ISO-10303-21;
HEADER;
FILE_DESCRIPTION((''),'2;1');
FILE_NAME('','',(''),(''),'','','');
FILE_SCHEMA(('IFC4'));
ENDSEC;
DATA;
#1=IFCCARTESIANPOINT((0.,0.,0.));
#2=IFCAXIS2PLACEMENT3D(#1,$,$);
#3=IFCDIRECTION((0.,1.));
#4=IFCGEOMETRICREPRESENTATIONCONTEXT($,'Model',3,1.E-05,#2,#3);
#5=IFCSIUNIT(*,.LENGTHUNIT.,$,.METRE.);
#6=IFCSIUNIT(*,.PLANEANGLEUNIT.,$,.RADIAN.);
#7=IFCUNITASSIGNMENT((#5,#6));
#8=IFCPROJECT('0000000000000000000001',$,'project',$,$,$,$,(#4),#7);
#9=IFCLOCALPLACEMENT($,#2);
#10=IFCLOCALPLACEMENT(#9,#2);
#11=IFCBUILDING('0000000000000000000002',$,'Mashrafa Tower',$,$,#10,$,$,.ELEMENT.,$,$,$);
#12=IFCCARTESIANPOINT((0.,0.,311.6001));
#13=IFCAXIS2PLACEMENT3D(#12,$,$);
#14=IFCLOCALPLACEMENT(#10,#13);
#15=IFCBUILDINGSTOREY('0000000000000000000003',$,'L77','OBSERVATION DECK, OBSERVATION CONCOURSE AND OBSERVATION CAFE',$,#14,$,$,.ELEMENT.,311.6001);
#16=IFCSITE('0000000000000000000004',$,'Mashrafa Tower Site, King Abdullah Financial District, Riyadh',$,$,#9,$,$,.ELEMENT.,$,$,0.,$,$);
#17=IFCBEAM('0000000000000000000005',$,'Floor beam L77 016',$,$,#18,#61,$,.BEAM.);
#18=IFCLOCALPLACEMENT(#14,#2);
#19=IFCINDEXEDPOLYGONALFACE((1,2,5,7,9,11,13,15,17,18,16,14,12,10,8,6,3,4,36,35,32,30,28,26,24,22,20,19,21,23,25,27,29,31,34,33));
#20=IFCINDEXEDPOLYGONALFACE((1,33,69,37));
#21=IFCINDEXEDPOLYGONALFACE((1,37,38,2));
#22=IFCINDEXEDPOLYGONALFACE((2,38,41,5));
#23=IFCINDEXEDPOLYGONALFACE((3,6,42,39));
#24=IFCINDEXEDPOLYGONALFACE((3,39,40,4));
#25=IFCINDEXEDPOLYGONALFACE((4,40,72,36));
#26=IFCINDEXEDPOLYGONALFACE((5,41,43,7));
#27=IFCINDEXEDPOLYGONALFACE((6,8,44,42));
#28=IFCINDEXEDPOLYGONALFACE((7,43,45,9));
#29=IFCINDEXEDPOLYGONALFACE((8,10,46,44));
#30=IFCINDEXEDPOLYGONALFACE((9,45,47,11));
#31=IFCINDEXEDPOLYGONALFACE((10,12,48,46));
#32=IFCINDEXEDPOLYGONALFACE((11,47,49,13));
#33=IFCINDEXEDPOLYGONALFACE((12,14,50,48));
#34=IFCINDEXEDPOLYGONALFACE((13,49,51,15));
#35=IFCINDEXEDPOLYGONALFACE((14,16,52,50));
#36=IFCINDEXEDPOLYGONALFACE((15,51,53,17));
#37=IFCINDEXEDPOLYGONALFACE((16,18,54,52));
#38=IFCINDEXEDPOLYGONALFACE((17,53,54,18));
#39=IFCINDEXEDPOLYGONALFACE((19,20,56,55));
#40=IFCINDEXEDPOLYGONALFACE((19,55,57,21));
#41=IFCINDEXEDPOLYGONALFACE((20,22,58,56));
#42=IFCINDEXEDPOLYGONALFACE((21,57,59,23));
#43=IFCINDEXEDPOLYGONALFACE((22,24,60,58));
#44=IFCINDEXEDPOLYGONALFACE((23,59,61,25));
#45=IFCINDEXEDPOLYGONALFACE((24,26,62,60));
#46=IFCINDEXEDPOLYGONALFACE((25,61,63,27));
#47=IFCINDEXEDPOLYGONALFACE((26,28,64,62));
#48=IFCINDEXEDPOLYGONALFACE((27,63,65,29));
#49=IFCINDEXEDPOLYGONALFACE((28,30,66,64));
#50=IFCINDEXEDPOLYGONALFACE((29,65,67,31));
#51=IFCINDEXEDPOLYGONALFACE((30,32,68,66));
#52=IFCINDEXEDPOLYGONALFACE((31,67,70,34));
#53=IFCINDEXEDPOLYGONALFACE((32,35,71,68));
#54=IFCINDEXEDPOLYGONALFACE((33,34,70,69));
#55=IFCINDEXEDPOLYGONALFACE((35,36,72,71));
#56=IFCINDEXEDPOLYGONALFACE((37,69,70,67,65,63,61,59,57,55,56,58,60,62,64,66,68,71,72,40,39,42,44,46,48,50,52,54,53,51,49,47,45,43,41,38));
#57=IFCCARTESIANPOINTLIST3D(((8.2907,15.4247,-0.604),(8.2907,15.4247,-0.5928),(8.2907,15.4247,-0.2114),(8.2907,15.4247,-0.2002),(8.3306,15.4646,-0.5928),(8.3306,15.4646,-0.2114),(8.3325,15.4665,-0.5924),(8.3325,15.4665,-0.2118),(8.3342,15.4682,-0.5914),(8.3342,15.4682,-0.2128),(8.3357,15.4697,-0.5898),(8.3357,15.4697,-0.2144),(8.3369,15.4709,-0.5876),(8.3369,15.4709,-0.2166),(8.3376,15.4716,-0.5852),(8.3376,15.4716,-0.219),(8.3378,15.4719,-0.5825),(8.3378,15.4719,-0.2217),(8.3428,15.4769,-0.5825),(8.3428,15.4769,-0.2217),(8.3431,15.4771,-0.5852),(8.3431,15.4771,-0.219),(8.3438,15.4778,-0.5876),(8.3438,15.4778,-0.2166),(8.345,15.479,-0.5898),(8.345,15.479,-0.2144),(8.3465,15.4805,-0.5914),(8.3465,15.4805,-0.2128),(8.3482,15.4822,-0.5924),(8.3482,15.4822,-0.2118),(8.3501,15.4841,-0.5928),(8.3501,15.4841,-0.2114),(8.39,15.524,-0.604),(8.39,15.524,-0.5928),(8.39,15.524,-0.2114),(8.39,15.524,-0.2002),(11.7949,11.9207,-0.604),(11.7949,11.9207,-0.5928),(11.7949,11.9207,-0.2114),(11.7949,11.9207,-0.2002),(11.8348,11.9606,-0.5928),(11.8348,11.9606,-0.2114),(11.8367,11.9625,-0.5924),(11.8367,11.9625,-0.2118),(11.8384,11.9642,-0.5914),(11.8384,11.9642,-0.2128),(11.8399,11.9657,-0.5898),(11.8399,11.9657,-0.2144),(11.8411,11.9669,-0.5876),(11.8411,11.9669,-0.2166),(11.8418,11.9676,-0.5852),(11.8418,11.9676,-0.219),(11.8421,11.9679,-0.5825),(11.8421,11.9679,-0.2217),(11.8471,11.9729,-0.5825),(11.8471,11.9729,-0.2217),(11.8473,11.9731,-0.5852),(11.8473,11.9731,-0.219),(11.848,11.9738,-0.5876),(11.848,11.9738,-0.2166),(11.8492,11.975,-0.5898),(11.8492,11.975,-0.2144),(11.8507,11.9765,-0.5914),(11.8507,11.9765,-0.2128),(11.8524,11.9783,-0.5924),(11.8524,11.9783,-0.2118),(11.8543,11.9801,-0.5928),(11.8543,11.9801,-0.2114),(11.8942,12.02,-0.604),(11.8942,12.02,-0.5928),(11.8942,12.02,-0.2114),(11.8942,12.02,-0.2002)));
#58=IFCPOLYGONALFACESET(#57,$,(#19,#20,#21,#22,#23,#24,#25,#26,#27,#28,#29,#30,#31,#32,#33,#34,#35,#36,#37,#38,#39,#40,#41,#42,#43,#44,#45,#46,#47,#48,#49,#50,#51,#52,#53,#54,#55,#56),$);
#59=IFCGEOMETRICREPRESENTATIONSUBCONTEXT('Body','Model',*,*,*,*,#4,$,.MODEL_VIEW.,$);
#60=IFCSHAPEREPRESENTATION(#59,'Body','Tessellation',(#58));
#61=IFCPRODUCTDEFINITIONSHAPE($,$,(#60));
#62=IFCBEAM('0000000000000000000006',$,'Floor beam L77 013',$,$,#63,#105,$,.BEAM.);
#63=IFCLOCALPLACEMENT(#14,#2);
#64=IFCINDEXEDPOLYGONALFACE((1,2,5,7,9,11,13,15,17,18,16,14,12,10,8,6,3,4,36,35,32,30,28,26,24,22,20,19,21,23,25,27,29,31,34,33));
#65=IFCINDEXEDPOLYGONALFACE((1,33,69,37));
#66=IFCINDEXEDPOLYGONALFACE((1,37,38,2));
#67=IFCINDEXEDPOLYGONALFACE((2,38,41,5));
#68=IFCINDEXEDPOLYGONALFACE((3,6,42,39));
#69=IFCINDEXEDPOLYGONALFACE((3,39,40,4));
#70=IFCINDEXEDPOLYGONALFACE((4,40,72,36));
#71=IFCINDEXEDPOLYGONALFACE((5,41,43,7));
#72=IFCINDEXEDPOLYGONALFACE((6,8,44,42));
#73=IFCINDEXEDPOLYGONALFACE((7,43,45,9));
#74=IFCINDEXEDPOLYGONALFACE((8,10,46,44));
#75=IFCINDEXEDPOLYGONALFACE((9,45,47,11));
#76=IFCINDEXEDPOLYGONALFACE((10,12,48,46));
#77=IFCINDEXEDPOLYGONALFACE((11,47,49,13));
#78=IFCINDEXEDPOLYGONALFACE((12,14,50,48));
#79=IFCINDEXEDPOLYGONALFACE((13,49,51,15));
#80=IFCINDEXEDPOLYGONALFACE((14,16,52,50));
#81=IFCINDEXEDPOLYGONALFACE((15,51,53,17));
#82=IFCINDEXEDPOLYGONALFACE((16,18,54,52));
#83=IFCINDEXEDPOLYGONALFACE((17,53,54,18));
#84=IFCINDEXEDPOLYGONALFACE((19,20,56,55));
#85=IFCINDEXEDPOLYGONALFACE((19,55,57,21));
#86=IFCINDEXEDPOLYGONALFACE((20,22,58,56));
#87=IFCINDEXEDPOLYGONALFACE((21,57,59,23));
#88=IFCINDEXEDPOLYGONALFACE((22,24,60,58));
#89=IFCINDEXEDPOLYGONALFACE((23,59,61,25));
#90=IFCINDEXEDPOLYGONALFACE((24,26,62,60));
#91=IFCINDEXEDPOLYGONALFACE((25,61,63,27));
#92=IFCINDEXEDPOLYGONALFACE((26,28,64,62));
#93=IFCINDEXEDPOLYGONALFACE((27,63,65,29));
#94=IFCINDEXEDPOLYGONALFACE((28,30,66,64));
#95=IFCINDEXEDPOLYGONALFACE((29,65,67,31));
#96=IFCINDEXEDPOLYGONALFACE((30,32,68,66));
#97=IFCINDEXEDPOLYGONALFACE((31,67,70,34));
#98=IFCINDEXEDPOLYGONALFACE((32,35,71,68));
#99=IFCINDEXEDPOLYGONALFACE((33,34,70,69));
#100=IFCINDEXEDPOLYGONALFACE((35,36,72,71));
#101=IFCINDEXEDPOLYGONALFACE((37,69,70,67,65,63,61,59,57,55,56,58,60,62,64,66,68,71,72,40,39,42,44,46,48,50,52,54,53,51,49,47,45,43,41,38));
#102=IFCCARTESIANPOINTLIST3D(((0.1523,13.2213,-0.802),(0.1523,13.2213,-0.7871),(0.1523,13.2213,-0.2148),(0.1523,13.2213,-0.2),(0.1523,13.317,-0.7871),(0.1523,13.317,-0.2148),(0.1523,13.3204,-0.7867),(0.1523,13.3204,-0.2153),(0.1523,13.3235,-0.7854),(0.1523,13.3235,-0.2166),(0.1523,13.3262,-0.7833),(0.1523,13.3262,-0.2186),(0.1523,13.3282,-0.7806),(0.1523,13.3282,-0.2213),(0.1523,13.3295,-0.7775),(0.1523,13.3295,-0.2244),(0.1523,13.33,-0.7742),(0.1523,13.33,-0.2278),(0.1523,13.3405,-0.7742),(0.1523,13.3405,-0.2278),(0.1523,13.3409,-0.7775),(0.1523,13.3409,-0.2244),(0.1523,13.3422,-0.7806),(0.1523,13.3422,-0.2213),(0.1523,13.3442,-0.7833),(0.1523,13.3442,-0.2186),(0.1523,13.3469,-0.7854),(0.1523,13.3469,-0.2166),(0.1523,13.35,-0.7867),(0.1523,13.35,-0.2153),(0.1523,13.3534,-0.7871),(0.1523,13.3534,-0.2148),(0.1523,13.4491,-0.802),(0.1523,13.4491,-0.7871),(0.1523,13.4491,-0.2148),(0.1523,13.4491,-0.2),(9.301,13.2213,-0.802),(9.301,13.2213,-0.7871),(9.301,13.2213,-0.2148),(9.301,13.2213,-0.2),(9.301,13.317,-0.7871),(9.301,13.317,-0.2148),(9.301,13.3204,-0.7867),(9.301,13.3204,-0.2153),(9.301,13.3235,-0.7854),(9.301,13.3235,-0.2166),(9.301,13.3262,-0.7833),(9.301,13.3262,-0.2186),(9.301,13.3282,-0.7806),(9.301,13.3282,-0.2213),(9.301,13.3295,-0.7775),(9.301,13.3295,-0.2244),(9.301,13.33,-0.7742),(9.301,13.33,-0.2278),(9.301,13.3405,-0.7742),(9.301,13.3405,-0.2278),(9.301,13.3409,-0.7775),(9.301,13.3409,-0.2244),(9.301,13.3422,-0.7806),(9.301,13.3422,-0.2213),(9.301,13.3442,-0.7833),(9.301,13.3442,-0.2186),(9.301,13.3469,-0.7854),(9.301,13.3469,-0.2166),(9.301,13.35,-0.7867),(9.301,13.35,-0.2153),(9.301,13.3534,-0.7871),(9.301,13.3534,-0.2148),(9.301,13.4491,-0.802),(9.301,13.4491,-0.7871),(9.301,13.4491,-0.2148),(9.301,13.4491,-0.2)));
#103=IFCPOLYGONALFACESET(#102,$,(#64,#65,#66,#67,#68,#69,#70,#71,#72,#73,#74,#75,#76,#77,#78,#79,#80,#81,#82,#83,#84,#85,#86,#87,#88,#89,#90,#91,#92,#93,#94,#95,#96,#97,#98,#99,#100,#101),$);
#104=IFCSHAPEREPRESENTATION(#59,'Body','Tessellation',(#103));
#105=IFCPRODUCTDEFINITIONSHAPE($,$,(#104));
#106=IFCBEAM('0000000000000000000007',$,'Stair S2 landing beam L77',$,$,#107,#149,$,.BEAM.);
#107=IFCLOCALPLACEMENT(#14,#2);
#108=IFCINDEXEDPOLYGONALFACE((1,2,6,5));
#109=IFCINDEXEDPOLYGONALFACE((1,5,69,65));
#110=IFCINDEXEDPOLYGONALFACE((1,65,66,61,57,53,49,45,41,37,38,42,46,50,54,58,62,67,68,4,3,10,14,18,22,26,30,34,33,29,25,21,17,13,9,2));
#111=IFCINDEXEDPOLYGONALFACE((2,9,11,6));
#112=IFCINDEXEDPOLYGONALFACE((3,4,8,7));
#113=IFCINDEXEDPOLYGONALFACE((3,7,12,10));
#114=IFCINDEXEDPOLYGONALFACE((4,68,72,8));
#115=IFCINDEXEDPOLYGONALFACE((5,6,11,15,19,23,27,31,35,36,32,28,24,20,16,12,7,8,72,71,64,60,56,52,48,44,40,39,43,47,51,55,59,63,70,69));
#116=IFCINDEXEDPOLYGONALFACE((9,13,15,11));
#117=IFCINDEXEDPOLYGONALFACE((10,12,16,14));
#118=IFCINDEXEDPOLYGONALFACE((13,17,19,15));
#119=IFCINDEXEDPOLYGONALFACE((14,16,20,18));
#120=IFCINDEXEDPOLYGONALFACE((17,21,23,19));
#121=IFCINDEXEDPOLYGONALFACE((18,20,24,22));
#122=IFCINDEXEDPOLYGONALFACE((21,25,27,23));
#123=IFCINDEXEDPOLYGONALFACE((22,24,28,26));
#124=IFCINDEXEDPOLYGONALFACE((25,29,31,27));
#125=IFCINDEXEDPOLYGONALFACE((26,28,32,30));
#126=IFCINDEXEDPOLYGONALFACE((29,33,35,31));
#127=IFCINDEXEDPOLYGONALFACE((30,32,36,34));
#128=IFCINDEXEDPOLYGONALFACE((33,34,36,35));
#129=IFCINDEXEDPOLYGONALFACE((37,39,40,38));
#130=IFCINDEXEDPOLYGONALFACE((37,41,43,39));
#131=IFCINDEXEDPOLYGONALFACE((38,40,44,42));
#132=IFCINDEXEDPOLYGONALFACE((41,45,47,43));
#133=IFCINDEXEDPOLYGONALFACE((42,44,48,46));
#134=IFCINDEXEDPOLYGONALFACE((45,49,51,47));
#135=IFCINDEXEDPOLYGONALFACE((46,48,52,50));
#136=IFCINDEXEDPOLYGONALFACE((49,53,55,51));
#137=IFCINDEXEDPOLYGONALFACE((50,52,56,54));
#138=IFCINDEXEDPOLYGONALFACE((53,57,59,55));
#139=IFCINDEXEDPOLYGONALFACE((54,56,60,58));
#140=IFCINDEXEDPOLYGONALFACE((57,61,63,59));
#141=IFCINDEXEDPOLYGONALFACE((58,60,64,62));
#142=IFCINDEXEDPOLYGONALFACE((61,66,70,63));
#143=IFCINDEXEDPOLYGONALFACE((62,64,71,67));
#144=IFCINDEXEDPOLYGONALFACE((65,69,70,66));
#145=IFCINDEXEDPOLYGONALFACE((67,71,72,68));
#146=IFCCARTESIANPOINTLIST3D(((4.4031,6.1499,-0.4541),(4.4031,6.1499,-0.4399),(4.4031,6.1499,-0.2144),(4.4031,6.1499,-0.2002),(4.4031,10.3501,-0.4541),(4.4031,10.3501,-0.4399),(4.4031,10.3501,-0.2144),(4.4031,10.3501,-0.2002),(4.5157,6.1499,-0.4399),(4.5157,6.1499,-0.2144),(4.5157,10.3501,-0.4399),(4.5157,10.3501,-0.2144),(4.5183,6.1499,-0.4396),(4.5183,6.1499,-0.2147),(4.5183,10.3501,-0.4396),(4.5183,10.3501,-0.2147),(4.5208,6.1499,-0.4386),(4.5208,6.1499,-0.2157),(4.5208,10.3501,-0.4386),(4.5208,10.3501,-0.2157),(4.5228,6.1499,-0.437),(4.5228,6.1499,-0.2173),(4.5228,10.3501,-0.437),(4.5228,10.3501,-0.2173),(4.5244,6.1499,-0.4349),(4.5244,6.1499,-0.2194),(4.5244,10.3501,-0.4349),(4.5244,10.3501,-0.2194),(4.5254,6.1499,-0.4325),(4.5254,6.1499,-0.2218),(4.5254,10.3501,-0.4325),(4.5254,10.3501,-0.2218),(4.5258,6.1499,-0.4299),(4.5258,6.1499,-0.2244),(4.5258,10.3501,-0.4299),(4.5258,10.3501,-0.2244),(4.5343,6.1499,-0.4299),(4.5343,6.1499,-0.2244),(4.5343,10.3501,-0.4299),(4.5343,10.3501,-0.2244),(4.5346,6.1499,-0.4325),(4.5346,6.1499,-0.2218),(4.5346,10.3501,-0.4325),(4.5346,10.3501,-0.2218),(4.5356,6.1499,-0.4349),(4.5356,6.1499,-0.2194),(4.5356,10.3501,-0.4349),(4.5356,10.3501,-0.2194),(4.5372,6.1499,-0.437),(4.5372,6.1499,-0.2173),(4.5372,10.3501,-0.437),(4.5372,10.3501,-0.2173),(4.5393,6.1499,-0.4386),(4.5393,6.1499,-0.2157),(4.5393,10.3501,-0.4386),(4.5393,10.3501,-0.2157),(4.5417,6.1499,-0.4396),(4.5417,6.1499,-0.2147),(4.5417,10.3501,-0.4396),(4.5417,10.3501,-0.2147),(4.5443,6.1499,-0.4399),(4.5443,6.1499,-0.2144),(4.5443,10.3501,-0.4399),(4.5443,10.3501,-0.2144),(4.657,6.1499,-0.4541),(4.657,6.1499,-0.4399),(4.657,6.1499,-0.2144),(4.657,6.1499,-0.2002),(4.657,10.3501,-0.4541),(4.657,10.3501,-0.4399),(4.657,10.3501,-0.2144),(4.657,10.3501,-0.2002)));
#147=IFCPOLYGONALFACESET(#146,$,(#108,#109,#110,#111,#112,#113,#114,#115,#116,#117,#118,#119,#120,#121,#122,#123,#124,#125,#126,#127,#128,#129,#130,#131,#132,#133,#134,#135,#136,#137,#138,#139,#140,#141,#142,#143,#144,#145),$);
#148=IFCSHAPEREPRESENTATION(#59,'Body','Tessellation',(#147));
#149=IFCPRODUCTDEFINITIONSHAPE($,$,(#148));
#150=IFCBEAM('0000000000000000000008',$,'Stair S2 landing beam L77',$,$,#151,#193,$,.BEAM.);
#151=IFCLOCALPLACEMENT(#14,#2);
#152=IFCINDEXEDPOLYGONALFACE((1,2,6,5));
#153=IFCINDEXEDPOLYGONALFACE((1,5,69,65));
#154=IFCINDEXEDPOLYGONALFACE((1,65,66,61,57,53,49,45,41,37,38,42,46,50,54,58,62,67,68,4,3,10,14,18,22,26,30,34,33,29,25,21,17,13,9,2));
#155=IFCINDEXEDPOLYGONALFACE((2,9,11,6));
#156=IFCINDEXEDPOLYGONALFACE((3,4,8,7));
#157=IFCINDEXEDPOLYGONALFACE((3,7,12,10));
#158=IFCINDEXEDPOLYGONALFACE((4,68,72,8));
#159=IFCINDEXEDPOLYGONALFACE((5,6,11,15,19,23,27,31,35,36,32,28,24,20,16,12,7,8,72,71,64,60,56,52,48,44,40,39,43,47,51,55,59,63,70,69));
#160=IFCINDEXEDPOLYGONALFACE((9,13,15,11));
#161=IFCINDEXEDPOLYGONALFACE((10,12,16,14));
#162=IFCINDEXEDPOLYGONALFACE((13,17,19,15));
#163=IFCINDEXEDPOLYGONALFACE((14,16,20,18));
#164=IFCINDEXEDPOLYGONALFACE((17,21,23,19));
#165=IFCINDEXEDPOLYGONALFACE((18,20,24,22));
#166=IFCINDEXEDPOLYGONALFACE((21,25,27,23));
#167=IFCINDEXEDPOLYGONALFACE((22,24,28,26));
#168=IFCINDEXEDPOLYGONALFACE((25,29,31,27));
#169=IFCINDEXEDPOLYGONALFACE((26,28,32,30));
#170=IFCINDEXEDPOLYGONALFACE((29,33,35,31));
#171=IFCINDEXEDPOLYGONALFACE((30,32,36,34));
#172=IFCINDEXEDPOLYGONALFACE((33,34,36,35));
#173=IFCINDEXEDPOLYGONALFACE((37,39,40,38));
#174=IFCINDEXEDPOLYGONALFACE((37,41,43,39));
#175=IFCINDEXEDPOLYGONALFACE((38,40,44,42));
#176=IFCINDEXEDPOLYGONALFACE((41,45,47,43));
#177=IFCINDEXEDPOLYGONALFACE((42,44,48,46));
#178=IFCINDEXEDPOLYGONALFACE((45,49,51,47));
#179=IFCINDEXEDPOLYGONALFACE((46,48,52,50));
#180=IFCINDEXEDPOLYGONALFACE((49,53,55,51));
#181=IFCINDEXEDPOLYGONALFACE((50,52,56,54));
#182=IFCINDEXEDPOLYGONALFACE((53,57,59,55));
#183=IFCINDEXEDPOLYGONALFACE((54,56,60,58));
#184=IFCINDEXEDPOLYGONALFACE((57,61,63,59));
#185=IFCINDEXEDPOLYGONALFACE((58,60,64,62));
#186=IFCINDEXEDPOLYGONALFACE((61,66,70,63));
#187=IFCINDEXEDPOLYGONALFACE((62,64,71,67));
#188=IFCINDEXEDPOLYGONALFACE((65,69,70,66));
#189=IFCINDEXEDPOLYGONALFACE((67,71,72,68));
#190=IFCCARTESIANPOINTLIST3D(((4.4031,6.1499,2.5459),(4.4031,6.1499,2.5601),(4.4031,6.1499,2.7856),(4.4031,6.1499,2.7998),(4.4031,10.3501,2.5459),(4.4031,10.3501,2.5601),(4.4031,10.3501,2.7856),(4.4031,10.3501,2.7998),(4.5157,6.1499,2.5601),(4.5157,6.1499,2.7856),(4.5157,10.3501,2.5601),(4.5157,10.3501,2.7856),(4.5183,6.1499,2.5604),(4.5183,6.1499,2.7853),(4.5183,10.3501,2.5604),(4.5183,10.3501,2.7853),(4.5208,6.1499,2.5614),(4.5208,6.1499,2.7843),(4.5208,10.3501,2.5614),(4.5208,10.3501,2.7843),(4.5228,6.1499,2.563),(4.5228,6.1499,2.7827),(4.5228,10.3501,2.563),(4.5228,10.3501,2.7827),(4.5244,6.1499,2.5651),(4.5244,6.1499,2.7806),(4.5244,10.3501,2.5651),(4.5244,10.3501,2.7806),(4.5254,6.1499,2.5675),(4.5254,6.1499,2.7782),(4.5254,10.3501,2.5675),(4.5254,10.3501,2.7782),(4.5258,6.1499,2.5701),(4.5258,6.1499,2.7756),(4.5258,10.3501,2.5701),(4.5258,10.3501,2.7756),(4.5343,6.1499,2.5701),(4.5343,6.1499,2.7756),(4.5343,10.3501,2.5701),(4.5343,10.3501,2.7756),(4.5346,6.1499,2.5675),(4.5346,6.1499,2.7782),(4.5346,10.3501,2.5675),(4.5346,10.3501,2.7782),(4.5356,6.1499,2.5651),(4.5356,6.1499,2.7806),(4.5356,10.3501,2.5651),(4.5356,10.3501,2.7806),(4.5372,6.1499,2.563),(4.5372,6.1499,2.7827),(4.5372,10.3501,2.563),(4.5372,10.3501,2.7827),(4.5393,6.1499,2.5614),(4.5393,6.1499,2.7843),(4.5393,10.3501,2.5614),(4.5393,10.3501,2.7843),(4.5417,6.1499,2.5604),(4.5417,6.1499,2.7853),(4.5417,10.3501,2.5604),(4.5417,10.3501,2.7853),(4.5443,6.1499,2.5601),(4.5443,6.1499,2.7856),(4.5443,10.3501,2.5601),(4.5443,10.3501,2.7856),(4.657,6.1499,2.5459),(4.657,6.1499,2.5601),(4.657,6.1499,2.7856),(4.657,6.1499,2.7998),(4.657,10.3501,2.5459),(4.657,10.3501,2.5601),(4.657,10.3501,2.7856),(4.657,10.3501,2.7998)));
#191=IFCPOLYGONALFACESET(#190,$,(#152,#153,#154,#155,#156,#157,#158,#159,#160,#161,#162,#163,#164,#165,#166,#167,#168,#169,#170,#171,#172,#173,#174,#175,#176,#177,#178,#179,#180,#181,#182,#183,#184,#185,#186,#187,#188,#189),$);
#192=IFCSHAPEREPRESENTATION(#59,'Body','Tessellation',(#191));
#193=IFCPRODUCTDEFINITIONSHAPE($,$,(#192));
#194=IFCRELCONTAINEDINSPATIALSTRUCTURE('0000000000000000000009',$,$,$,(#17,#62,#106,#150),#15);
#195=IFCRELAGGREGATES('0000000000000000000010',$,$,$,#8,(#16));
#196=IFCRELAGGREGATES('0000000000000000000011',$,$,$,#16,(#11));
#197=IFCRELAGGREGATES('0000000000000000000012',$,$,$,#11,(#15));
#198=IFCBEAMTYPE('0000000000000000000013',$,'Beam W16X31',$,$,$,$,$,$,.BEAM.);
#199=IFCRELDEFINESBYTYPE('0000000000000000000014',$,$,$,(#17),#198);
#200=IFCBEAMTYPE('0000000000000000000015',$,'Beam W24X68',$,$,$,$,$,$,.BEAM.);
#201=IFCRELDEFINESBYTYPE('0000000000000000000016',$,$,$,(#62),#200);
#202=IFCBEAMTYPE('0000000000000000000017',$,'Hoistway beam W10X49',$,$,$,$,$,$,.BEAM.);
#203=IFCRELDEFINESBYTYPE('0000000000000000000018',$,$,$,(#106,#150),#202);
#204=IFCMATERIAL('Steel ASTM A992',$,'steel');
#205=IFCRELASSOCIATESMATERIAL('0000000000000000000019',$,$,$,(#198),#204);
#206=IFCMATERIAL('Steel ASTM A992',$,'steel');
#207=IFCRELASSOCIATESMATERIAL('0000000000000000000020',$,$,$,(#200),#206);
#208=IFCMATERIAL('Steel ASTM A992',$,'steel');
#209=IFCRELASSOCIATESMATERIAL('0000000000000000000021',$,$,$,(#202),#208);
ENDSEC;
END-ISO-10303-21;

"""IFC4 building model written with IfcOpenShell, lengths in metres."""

from ifc_helpers import new_model, si_unit, direction, frame, origin, origin_2d, place, context, subcontext, project, spatial, i_section, extrude, material, material_profile, profile_set, type_object, element, save


model = new_model("IFC4")

# Units and contexts
model_context = context("Model", 3, precision=1e-05, world=origin(), true_north=direction((0.0, 1.0)))
body_context = subcontext(model_context, "Body", "Model", "MODEL_VIEW")
ifc_project = project(units=[si_unit("LENGTHUNIT", "METRE"), si_unit("PLANEANGLEUNIT", "RADIAN")], contexts=[model_context])

# Site, building, storey
site_placement = place(None, origin())
site = spatial("IfcSite", under=ifc_project, at=site_placement, Name="Mashrafa Tower Site, King Abdullah Financial District, Riyadh", CompositionType="ELEMENT", RefElevation=0.0)
building_placement = place(site_placement, origin())
building = spatial("IfcBuilding", under=site, at=building_placement, Name="Mashrafa Tower", CompositionType="ELEMENT")
storey_placement = place(building_placement, frame((0.0, 0.0, 311.6001)))
storey = spatial("IfcBuildingStorey", under=building, at=storey_placement, Name="L77", Description="OBSERVATION DECK, OBSERVATION CONCOURSE AND OBSERVATION CAFE", CompositionType="ELEMENT", Elevation=311.6001)

# Beams
ifc_material_1 = material(Name="Steel ASTM A992", Category="steel")
ifc_material_profile_1 = material_profile(ifc_material_1, i_section(OverallWidth=0.1404, OverallDepth=0.4038, WebThickness=0.0071, FlangeThickness=0.0112, FilletRadius=0.0103, at=origin_2d()), Name="W16X31")
ifc_profile_set_1 = profile_set([ifc_material_profile_1], Name="Steel ASTM A992")
beam_type_1 = type_object("IfcBeamType", Name="Beam W16X31", PredefinedType="BEAM", material=ifc_profile_set_1)
beam_1_placement = place(storey_placement, frame((8.3403, 15.4744, -0.4021), z_axis=(0.707131, -0.707082, 0.0), x_axis=(0.707082, 0.707131, 0.0)))
element("IfcBeam", 1, at=beam_1_placement, inside=storey, type_object=beam_type_1, Name="Floor beam L77 016", PredefinedType="BEAM", context=body_context, shape_type="SweptSolid", body=[
    extrude(i_section(OverallWidth=0.1404, OverallDepth=0.4038, WebThickness=0.0071, FlangeThickness=0.0112, FilletRadius=0.0103, at=origin_2d()), origin(), (0.0, 0.0, 1.0), 4.9556),
])
ifc_material_2 = material(Name="Steel ASTM A992", Category="steel")
ifc_material_profile_2 = material_profile(ifc_material_2, i_section(OverallWidth=0.2278, OverallDepth=0.6021, WebThickness=0.0105, FlangeThickness=0.0149, FilletRadius=0.0129, at=origin_2d()), Name="W24X68")
ifc_profile_set_2 = profile_set([ifc_material_profile_2], Name="Steel ASTM A992")
beam_type_2 = type_object("IfcBeamType", Name="Beam W24X68", PredefinedType="BEAM", material=ifc_profile_set_2)
beam_2_placement = place(storey_placement, frame((0.1523, 13.3352, -0.501), z_axis=(1.0, 0.0, 0.0), x_axis=(0.0, 1.0, 0.0)))
element("IfcBeam", 2, at=beam_2_placement, inside=storey, type_object=beam_type_2, Name="Floor beam L77 013", PredefinedType="BEAM", context=body_context, shape_type="SweptSolid", body=[
    extrude(i_section(OverallWidth=0.2278, OverallDepth=0.6021, WebThickness=0.0105, FlangeThickness=0.0149, FilletRadius=0.0129, at=origin_2d()), origin(), (0.0, 0.0, 1.0), 9.1487),
])
ifc_material_3 = material(Name="Steel ASTM A992", Category="steel")
ifc_material_profile_3 = material_profile(ifc_material_3, i_section(OverallWidth=0.2539, OverallDepth=0.2539, WebThickness=0.0085, FlangeThickness=0.0142, FilletRadius=0.01, at=origin_2d()), Name="W10X49")
ifc_profile_set_3 = profile_set([ifc_material_profile_3], Name="Steel ASTM A992")
beam_type_3 = type_object("IfcBeamType", Name="Hoistway beam W10X49", PredefinedType="BEAM", material=ifc_profile_set_3)
for number, where, z_axis, x_axis, name in (
    (3, (4.53, 6.1499, -0.3271), (0.0, 1.0, 0.0), (-1.0, 0.0, 0.0), "Stair S2 landing beam L77"),
    (4, (4.53, 6.1499, 2.6729), (0.0, 1.0, 0.0), (-1.0, 0.0, 0.0), "Stair S2 landing beam L77"),
):
    element("IfcBeam", number, at=place(storey_placement, frame(where, z_axis=z_axis, x_axis=x_axis)), inside=storey, type_object=beam_type_3, Name=name, PredefinedType="BEAM", context=body_context, shape_type="SweptSolid", body=[
        extrude(i_section(OverallWidth=0.2539, OverallDepth=0.2539, WebThickness=0.0085, FlangeThickness=0.0142, FilletRadius=0.01, at=origin_2d()), origin(), (0.0, 0.0, 1.0), 4.2002),
    ])

save(model, "model.ifc")
